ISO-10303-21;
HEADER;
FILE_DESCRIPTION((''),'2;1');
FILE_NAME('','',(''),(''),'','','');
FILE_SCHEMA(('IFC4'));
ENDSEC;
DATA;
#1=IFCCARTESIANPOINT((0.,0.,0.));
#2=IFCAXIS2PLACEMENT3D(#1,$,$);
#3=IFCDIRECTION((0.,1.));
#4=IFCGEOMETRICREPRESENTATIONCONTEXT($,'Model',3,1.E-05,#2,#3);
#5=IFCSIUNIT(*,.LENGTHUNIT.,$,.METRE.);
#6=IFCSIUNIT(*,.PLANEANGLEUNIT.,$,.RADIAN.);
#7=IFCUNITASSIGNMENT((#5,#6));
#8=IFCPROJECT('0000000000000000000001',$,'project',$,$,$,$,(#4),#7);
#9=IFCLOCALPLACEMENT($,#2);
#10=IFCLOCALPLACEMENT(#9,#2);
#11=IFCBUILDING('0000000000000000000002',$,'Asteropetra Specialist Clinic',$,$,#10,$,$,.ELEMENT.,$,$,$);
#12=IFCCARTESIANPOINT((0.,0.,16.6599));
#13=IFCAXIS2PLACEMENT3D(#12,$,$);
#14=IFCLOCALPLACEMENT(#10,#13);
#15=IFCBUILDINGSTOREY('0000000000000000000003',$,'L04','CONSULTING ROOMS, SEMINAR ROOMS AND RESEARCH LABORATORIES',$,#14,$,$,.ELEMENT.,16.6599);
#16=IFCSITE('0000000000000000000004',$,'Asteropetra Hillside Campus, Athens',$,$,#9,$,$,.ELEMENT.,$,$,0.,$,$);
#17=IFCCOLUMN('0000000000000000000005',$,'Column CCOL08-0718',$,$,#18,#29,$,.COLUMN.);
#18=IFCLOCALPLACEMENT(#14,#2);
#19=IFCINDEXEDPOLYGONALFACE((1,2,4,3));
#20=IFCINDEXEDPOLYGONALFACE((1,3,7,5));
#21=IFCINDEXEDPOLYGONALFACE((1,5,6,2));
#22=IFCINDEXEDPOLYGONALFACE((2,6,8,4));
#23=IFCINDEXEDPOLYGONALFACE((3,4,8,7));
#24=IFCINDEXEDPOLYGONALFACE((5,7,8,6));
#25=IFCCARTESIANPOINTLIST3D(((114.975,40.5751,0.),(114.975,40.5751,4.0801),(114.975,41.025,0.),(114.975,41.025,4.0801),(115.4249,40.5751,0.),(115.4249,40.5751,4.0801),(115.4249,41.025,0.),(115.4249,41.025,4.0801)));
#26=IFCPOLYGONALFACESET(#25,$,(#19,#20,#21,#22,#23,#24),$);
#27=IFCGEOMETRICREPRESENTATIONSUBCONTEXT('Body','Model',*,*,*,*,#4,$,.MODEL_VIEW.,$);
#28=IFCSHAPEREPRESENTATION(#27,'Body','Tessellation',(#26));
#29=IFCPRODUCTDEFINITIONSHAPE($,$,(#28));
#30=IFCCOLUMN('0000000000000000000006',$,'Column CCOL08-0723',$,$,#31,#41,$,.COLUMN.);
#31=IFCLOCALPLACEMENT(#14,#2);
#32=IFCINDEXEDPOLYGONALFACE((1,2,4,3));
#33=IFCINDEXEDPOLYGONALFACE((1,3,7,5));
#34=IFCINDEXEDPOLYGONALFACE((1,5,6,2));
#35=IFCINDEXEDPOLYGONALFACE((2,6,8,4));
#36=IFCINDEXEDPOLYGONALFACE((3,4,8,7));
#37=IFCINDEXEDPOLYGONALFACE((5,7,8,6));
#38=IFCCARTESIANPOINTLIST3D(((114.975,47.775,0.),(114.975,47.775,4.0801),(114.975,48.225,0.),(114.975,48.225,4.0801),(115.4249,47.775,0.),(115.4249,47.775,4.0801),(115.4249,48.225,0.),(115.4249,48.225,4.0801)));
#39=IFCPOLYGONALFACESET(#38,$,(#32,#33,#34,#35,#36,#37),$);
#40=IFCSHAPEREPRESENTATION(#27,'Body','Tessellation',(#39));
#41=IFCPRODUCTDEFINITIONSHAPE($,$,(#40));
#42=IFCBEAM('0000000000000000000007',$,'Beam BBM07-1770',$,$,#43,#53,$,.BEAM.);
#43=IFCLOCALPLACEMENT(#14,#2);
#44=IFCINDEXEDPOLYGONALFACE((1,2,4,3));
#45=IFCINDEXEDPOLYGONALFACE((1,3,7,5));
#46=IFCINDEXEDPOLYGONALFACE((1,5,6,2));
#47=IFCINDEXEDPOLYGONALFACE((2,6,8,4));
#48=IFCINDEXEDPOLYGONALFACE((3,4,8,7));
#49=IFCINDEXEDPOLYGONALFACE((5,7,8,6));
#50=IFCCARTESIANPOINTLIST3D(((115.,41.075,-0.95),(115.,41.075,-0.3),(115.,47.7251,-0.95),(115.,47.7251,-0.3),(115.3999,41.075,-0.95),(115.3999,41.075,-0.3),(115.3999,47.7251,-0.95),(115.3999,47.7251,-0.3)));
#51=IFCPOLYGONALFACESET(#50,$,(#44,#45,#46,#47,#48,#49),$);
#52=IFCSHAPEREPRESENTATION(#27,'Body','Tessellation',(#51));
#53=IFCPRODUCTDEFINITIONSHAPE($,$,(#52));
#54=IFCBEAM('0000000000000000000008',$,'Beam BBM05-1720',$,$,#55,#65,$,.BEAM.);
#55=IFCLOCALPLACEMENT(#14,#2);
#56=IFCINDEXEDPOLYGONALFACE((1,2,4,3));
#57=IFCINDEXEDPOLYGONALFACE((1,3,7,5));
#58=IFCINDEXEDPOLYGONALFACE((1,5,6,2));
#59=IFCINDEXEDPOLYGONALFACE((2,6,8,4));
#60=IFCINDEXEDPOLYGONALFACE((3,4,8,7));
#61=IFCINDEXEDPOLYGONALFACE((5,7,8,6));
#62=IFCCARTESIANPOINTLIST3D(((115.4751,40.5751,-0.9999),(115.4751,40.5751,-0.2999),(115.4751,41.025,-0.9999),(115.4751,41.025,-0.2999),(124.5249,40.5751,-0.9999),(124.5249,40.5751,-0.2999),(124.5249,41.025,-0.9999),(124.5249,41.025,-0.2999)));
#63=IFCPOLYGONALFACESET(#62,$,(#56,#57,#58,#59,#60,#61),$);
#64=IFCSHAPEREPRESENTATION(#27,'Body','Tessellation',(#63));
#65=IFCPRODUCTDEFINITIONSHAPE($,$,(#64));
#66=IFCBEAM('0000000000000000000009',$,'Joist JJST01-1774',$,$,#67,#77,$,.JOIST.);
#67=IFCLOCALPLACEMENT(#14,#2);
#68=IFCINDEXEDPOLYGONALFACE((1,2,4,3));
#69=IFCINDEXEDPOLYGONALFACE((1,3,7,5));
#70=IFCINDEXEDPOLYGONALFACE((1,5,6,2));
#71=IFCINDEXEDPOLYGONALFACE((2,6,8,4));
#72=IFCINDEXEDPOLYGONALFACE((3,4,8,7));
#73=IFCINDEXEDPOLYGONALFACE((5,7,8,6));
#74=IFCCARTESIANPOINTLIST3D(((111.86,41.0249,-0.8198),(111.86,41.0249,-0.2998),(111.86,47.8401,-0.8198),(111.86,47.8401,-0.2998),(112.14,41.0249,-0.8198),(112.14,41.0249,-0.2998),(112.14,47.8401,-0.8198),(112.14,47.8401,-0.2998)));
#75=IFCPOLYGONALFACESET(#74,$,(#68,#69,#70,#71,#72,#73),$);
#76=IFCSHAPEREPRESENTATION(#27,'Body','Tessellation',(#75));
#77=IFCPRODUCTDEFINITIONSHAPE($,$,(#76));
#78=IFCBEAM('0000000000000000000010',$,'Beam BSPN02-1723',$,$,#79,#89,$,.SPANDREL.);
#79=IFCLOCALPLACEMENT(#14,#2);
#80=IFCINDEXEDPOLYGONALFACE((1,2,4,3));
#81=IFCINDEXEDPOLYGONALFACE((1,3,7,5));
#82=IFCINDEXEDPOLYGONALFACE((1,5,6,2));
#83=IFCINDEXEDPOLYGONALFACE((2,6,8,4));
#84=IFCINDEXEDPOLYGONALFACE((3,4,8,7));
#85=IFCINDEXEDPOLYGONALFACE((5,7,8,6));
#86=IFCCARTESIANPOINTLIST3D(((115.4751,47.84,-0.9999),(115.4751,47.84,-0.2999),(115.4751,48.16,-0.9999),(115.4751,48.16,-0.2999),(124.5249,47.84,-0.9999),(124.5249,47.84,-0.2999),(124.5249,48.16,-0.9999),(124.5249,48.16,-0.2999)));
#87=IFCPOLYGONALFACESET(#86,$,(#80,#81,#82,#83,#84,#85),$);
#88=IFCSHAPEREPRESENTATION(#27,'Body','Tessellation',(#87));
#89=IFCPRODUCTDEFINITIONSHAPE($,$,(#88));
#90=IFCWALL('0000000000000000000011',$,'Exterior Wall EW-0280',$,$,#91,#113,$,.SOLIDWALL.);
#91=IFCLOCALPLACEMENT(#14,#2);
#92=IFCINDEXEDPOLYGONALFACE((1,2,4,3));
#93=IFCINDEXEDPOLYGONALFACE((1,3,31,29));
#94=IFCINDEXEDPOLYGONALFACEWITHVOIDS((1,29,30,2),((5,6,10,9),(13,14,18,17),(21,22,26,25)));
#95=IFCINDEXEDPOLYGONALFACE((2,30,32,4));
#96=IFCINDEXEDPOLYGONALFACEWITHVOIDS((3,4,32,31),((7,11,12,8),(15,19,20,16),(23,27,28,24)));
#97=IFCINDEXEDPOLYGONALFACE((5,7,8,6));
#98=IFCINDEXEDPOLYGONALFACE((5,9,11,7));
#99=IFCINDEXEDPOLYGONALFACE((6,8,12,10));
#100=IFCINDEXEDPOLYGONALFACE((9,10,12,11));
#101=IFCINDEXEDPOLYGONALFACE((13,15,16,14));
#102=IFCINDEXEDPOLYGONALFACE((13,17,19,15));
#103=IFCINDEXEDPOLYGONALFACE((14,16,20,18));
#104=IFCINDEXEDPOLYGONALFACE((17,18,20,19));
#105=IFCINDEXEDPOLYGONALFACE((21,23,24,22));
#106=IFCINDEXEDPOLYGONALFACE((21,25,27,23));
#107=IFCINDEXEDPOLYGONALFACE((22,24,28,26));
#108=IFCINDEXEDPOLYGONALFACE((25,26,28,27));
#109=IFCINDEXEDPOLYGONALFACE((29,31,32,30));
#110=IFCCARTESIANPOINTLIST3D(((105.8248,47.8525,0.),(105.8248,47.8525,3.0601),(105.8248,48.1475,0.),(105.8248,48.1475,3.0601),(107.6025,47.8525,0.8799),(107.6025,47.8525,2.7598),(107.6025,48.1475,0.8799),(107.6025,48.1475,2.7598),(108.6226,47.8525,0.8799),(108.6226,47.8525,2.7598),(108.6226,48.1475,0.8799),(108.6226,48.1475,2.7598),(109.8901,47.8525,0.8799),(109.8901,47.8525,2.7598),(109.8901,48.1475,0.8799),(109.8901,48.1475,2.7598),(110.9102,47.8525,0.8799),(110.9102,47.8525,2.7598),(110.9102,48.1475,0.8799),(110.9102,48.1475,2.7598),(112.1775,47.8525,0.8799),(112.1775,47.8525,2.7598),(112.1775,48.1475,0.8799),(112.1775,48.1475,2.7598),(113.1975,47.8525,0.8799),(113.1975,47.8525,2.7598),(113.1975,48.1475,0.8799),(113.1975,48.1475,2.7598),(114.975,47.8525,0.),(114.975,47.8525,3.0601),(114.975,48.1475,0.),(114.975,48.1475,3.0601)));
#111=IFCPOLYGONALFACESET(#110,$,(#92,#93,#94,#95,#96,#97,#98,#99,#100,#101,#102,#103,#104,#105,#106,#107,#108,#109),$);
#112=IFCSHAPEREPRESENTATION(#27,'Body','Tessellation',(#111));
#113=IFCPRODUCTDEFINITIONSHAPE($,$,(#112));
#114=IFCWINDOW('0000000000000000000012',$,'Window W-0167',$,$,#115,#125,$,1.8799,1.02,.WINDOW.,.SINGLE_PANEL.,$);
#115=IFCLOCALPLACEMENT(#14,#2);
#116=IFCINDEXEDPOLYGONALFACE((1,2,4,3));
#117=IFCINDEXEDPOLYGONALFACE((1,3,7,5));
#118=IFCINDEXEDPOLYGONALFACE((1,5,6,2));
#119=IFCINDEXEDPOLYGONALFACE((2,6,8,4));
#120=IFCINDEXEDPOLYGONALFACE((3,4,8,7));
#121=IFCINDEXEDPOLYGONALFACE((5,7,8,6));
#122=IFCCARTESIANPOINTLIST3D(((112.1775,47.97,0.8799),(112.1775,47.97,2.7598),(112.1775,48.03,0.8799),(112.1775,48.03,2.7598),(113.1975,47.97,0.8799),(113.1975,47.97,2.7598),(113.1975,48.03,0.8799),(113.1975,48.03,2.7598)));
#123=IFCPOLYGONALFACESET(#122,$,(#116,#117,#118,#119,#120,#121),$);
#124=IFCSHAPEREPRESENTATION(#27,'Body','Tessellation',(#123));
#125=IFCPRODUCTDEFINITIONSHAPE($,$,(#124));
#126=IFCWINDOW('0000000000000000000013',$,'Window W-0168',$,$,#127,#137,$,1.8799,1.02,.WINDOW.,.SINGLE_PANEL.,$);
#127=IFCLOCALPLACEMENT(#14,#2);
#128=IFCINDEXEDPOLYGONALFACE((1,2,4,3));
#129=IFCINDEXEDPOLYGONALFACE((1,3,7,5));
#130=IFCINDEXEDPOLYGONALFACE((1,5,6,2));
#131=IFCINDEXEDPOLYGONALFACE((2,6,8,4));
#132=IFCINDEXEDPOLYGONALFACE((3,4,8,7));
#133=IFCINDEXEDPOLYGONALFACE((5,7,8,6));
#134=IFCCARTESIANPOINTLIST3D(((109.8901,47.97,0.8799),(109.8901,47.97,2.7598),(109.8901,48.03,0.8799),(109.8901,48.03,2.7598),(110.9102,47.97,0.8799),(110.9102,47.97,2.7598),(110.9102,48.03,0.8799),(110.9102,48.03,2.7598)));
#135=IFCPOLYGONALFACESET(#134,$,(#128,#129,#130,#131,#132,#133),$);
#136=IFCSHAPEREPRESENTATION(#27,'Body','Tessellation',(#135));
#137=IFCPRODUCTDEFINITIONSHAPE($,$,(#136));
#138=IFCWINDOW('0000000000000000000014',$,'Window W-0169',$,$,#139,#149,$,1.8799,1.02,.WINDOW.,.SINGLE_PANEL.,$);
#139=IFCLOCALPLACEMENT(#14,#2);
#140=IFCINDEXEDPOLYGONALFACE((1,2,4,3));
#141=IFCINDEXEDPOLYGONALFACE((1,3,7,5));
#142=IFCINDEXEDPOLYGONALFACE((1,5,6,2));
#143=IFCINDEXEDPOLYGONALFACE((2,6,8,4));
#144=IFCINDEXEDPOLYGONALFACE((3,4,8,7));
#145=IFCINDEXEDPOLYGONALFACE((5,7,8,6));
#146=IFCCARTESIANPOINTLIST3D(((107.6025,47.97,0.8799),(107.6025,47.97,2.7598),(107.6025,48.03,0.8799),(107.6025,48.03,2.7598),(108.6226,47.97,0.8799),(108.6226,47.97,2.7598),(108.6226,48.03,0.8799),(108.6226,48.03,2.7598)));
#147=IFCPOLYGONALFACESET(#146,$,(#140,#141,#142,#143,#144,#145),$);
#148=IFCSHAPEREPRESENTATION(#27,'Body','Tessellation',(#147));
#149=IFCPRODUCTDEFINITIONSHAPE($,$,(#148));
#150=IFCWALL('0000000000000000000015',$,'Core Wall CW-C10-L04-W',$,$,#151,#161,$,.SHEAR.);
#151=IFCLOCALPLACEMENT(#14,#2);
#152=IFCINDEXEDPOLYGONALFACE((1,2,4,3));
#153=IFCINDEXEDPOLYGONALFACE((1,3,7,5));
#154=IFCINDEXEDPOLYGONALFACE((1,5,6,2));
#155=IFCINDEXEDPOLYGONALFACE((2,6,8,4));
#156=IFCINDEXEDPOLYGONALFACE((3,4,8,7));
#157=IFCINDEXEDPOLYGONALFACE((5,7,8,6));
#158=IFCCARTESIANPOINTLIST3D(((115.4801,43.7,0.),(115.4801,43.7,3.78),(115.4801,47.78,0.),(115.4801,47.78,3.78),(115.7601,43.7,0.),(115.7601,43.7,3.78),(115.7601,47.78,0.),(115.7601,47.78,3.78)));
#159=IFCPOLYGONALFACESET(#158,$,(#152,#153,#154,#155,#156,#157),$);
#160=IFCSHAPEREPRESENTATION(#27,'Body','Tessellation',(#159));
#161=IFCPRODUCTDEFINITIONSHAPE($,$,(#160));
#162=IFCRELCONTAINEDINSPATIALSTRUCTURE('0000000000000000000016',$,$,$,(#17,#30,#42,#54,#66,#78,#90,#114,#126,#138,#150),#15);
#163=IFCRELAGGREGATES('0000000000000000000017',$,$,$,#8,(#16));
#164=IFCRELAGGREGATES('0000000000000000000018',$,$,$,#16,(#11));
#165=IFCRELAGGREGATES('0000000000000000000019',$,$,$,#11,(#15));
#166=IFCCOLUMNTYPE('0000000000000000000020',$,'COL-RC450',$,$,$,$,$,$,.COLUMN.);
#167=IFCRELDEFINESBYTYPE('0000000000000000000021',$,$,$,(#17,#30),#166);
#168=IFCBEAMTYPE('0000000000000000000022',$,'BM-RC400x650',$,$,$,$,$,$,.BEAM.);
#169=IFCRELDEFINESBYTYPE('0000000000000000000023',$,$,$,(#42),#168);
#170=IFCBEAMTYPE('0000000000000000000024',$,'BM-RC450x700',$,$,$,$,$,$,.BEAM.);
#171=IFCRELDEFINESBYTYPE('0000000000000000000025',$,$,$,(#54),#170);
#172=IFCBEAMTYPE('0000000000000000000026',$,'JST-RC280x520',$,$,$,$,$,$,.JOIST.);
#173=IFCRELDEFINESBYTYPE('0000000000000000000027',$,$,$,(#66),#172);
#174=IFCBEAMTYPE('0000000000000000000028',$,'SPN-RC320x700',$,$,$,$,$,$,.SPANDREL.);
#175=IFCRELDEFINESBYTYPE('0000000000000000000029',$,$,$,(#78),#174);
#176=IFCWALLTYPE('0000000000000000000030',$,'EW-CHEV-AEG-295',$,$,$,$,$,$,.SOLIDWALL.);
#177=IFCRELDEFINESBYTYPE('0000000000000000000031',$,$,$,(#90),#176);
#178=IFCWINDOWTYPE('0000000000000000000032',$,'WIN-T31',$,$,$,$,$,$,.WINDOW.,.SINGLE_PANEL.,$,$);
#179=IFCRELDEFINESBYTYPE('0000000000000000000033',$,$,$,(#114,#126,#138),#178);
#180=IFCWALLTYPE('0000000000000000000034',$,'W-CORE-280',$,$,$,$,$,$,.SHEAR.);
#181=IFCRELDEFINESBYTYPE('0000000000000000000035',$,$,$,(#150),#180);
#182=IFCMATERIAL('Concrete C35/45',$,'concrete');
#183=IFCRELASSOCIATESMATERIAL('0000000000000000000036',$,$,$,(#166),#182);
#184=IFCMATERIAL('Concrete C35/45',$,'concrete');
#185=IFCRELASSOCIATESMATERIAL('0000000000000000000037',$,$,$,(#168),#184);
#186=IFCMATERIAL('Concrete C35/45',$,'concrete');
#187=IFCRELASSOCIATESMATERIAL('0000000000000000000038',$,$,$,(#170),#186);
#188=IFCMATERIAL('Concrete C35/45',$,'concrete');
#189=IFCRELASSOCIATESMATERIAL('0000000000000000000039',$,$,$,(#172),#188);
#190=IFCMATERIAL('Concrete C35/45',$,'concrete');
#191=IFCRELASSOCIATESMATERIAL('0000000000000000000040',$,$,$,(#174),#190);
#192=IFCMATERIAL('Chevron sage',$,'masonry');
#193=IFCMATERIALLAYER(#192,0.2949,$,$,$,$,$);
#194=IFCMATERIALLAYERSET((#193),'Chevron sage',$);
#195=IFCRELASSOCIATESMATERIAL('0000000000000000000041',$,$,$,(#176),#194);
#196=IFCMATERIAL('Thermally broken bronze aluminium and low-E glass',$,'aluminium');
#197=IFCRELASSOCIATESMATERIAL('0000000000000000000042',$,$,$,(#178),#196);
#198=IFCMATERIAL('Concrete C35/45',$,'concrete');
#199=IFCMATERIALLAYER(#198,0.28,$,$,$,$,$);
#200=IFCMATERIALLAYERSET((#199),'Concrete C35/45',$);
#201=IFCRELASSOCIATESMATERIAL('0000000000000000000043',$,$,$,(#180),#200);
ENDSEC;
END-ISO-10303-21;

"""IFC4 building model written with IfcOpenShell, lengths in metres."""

from ifc_helpers import new_model, si_unit, direction, frame, frame_2d, origin, origin_2d, place, context, subcontext, project, spatial, rectangle, extrude, material, layer, layer_set, material_profile, profile_set, type_object, element, fill, save


model = new_model("IFC4")

# Units and contexts
model_context = context("Model", 3, precision=1e-05, world=origin(), true_north=direction((0.0, 1.0)))
body_context = subcontext(model_context, "Body", "Model", "MODEL_VIEW")
ifc_project = project(units=[si_unit("LENGTHUNIT", "METRE"), si_unit("PLANEANGLEUNIT", "RADIAN")], contexts=[model_context])

# Site, building, storey
site_placement = place(None, origin())
site = spatial("IfcSite", under=ifc_project, at=site_placement, Name="Asteropetra Hillside Campus, Athens", CompositionType="ELEMENT", RefElevation=0.0)
building_placement = place(site_placement, origin())
building = spatial("IfcBuilding", under=site, at=building_placement, Name="Asteropetra Specialist Clinic", CompositionType="ELEMENT")
storey_placement = place(building_placement, frame((0.0, 0.0, 16.6599)))
storey = spatial("IfcBuildingStorey", under=building, at=storey_placement, Name="L04", Description="CONSULTING ROOMS, SEMINAR ROOMS AND RESEARCH LABORATORIES", CompositionType="ELEMENT", Elevation=16.6599)

# Columns
ifc_material_1 = material(Name="Concrete C35/45", Category="concrete")
ifc_material_profile_1 = material_profile(ifc_material_1, rectangle(XDim=0.45, YDim=0.45, at=origin_2d()), Name="RC 450x450")
ifc_profile_set_1 = profile_set([ifc_material_profile_1], Name="Concrete C35/45")
column_type = type_object("IfcColumnType", Name="COL-RC450", PredefinedType="COLUMN", material=ifc_profile_set_1)
for number, where, z_axis, x_axis, name in (
    (1, (115.2, 40.8, 0.0), (0.0, 0.0, 1.0), (1.0, 0.0, 0.0), "Column CCOL08-0718"),
    (2, (115.2, 48.0, 0.0), (0.0, 0.0, 1.0), (1.0, 0.0, 0.0), "Column CCOL08-0723"),
):
    element("IfcColumn", number, at=place(storey_placement, frame(where, z_axis=z_axis, x_axis=x_axis)), inside=storey, type_object=column_type, Name=name, PredefinedType="COLUMN", context=body_context, shape_type="SweptSolid", body=[
        extrude(rectangle(XDim=0.45, YDim=0.45, at=origin_2d()), origin(), (0.0, 0.0, 1.0), 4.0801),
    ])

# Beams
ifc_material_2 = material(Name="Concrete C35/45", Category="concrete")
ifc_material_profile_2 = material_profile(ifc_material_2, rectangle(XDim=0.3999, YDim=0.6499, at=origin_2d()), Name="RCB 400x650")
ifc_profile_set_2 = profile_set([ifc_material_profile_2], Name="Concrete C35/45")
beam_type_1 = type_object("IfcBeamType", Name="BM-RC400x650", PredefinedType="BEAM", material=ifc_profile_set_2)
beam_1_placement = place(storey_placement, frame((115.2, 41.075, -0.625), z_axis=(0.0, 1.0, 0.0), x_axis=(-1.0, 0.0, 0.0)))
element("IfcBeam", 3, at=beam_1_placement, inside=storey, type_object=beam_type_1, Name="Beam BBM07-1770", PredefinedType="BEAM", context=body_context, shape_type="SweptSolid", body=[
    extrude(rectangle(XDim=0.3999, YDim=0.6499, at=origin_2d()), origin(), (0.0, 0.0, 1.0), 6.6501),
])
ifc_material_3 = material(Name="Concrete C35/45", Category="concrete")
ifc_material_profile_3 = material_profile(ifc_material_3, rectangle(XDim=0.45, YDim=0.7, at=origin_2d()), Name="RCB 450x700")
ifc_profile_set_3 = profile_set([ifc_material_profile_3], Name="Concrete C35/45")
beam_type_2 = type_object("IfcBeamType", Name="BM-RC450x700", PredefinedType="BEAM", material=ifc_profile_set_3)
beam_2_placement = place(storey_placement, frame((115.4751, 40.8, -0.6499), z_axis=(1.0, 0.0, 0.0), x_axis=(0.0, 1.0, 0.0)))
element("IfcBeam", 4, at=beam_2_placement, inside=storey, type_object=beam_type_2, Name="Beam BBM05-1720", PredefinedType="BEAM", context=body_context, shape_type="SweptSolid", body=[
    extrude(rectangle(XDim=0.45, YDim=0.7, at=origin_2d()), origin(), (0.0, 0.0, 1.0), 9.0498),
])
ifc_material_4 = material(Name="Concrete C35/45", Category="concrete")
ifc_material_profile_4 = material_profile(ifc_material_4, rectangle(XDim=0.28, YDim=0.52, at=origin_2d()), Name="RCJ 280x520")
ifc_profile_set_4 = profile_set([ifc_material_profile_4], Name="Concrete C35/45")
beam_type_3 = type_object("IfcBeamType", Name="JST-RC280x520", PredefinedType="JOIST", material=ifc_profile_set_4)
beam_3_placement = place(storey_placement, frame((112.0, 41.0249, -0.5598), z_axis=(0.0, 1.0, 0.0), x_axis=(-1.0, 0.0, 0.0)))
element("IfcBeam", 5, at=beam_3_placement, inside=storey, type_object=beam_type_3, Name="Joist JJST01-1774", PredefinedType="JOIST", context=body_context, shape_type="SweptSolid", body=[
    extrude(rectangle(XDim=0.28, YDim=0.52, at=origin_2d()), origin(), (0.0, 0.0, 1.0), 6.8152),
])
ifc_material_5 = material(Name="Concrete C35/45", Category="concrete")
ifc_material_profile_5 = material_profile(ifc_material_5, rectangle(XDim=0.3201, YDim=0.7, at=origin_2d()), Name="RCS 320x700")
ifc_profile_set_5 = profile_set([ifc_material_profile_5], Name="Concrete C35/45")
beam_type_4 = type_object("IfcBeamType", Name="SPN-RC320x700", PredefinedType="SPANDREL", material=ifc_profile_set_5)
beam_4_placement = place(storey_placement, frame((115.4751, 48.0, -0.6499), z_axis=(1.0, 0.0, 0.0), x_axis=(0.0, 1.0, 0.0)))
element("IfcBeam", 6, at=beam_4_placement, inside=storey, type_object=beam_type_4, Name="Beam BSPN02-1723", PredefinedType="SPANDREL", context=body_context, shape_type="SweptSolid", body=[
    extrude(rectangle(XDim=0.3201, YDim=0.7, at=origin_2d()), origin(), (0.0, 0.0, 1.0), 9.0498),
])

# Wall, openings, windows
ifc_material_6 = material(Name="Chevron sage", Category="masonry")
ifc_layer_1 = layer(ifc_material_6, 0.2949)
ifc_layer_set_1 = layer_set([ifc_layer_1], Name="Chevron sage")
wall_type_1 = type_object("IfcWallType", Name="EW-CHEV-AEG-295", PredefinedType="SOLIDWALL", material=ifc_layer_set_1)
wall_1_placement = place(storey_placement, frame((114.9751, 48.0, 0.0), z_axis=(0.0, 0.0, 1.0), x_axis=(-1.0, 0.0, 0.0)))
wall_1 = element("IfcWall", 7, at=wall_1_placement, inside=storey, type_object=wall_type_1, Name="Exterior Wall EW-0280", PredefinedType="SOLIDWALL", context=body_context, shape_type="SweptSolid", body=[
    extrude(rectangle(XDim=9.1501, YDim=0.2949, at=frame_2d((4.5752, 0.0))), origin(), (0.0, 0.0, 1.0), 3.0601),
])
opening_1_placement = place(wall_1_placement, frame((1.7776, 0.0, 0.8799)))
opening_1 = element("IfcOpeningElement", 8, at=opening_1_placement, cuts=wall_1, PredefinedType="OPENING", context=body_context, shape_type="SweptSolid", body=[
    extrude(rectangle(XDim=1.02, YDim=1.8799, at=frame_2d((0.51, 0.9399))), frame((0.0, 0.1575, 0.0), z_axis=(0.0, -1.0, 0.0), x_axis=(1.0, 0.0, 0.0)), (0.0, 0.0, 1.0), 0.3149),
])
opening_2_placement = place(wall_1_placement, frame((4.0649, 0.0, 0.8799)))
opening_2 = element("IfcOpeningElement", 9, at=opening_2_placement, cuts=wall_1, PredefinedType="OPENING", context=body_context, shape_type="SweptSolid", body=[
    extrude(rectangle(XDim=1.02, YDim=1.8799, at=frame_2d((0.51, 0.9399))), frame((0.0, 0.1575, 0.0), z_axis=(0.0, -1.0, 0.0), x_axis=(1.0, 0.0, 0.0)), (0.0, 0.0, 1.0), 0.3149),
])
opening_3_placement = place(wall_1_placement, frame((6.3525, 0.0, 0.8799)))
opening_3 = element("IfcOpeningElement", 10, at=opening_3_placement, cuts=wall_1, PredefinedType="OPENING", context=body_context, shape_type="SweptSolid", body=[
    extrude(rectangle(XDim=1.02, YDim=1.8799, at=frame_2d((0.51, 0.9399))), frame((0.0, 0.1575, 0.0), z_axis=(0.0, -1.0, 0.0), x_axis=(1.0, 0.0, 0.0)), (0.0, 0.0, 1.0), 0.3149),
])
ifc_material_7 = material(Name="Thermally broken bronze aluminium and low-E glass", Category="aluminium")
window_type = type_object("IfcWindowType", Name="WIN-T31", PartitioningType="SINGLE_PANEL", PredefinedType="WINDOW", material=ifc_material_7)
window_1_placement = place(opening_1_placement, origin())
window_1 = element("IfcWindow", 11, at=window_1_placement, inside=storey, type_object=window_type, Name="Window W-0167", OverallHeight=1.8799, OverallWidth=1.02, PartitioningType="SINGLE_PANEL", PredefinedType="WINDOW", context=body_context, shape_type="SweptSolid", body=[
    extrude(rectangle(XDim=1.02, YDim=1.8799, at=frame_2d((0.51, 0.9399))), frame((0.0, 0.03, 0.0), z_axis=(0.0, -1.0, 0.0), x_axis=(1.0, 0.0, 0.0)), (0.0, 0.0, 1.0), 0.0601),
])
fill(opening_1, window_1)
window_2_placement = place(opening_2_placement, origin())
window_2 = element("IfcWindow", 12, at=window_2_placement, inside=storey, type_object=window_type, Name="Window W-0168", OverallHeight=1.8799, OverallWidth=1.02, PartitioningType="SINGLE_PANEL", PredefinedType="WINDOW", context=body_context, shape_type="SweptSolid", body=[
    extrude(rectangle(XDim=1.02, YDim=1.8799, at=frame_2d((0.51, 0.9399))), frame((0.0, 0.03, 0.0), z_axis=(0.0, -1.0, 0.0), x_axis=(1.0, 0.0, 0.0)), (0.0, 0.0, 1.0), 0.0601),
])
fill(opening_2, window_2)
window_3_placement = place(opening_3_placement, origin())
window_3 = element("IfcWindow", 13, at=window_3_placement, inside=storey, type_object=window_type, Name="Window W-0169", OverallHeight=1.8799, OverallWidth=1.02, PartitioningType="SINGLE_PANEL", PredefinedType="WINDOW", context=body_context, shape_type="SweptSolid", body=[
    extrude(rectangle(XDim=1.02, YDim=1.8799, at=frame_2d((0.51, 0.9399))), frame((0.0, 0.03, 0.0), z_axis=(0.0, -1.0, 0.0), x_axis=(1.0, 0.0, 0.0)), (0.0, 0.0, 1.0), 0.0601),
])
fill(opening_3, window_3)

# Wall
ifc_material_8 = material(Name="Concrete C35/45", Category="concrete")
ifc_layer_2 = layer(ifc_material_8, 0.28)
ifc_layer_set_2 = layer_set([ifc_layer_2], Name="Concrete C35/45")
wall_type_2 = type_object("IfcWallType", Name="W-CORE-280", PredefinedType="SHEAR", material=ifc_layer_set_2)
wall_2_placement = place(storey_placement, frame((115.6201, 43.7, 0.0), z_axis=(0.0, 0.0, 1.0), x_axis=(0.0, 1.0, 0.0)))
element("IfcWall", 14, at=wall_2_placement, inside=storey, type_object=wall_type_2, Name="Core Wall CW-C10-L04-W", PredefinedType="SHEAR", context=body_context, shape_type="SweptSolid", body=[
    extrude(rectangle(XDim=4.0801, YDim=0.28, at=frame_2d((2.04, 0.0))), origin(), (0.0, 0.0, 1.0), 3.78),
])

save(model, "model.ifc")
